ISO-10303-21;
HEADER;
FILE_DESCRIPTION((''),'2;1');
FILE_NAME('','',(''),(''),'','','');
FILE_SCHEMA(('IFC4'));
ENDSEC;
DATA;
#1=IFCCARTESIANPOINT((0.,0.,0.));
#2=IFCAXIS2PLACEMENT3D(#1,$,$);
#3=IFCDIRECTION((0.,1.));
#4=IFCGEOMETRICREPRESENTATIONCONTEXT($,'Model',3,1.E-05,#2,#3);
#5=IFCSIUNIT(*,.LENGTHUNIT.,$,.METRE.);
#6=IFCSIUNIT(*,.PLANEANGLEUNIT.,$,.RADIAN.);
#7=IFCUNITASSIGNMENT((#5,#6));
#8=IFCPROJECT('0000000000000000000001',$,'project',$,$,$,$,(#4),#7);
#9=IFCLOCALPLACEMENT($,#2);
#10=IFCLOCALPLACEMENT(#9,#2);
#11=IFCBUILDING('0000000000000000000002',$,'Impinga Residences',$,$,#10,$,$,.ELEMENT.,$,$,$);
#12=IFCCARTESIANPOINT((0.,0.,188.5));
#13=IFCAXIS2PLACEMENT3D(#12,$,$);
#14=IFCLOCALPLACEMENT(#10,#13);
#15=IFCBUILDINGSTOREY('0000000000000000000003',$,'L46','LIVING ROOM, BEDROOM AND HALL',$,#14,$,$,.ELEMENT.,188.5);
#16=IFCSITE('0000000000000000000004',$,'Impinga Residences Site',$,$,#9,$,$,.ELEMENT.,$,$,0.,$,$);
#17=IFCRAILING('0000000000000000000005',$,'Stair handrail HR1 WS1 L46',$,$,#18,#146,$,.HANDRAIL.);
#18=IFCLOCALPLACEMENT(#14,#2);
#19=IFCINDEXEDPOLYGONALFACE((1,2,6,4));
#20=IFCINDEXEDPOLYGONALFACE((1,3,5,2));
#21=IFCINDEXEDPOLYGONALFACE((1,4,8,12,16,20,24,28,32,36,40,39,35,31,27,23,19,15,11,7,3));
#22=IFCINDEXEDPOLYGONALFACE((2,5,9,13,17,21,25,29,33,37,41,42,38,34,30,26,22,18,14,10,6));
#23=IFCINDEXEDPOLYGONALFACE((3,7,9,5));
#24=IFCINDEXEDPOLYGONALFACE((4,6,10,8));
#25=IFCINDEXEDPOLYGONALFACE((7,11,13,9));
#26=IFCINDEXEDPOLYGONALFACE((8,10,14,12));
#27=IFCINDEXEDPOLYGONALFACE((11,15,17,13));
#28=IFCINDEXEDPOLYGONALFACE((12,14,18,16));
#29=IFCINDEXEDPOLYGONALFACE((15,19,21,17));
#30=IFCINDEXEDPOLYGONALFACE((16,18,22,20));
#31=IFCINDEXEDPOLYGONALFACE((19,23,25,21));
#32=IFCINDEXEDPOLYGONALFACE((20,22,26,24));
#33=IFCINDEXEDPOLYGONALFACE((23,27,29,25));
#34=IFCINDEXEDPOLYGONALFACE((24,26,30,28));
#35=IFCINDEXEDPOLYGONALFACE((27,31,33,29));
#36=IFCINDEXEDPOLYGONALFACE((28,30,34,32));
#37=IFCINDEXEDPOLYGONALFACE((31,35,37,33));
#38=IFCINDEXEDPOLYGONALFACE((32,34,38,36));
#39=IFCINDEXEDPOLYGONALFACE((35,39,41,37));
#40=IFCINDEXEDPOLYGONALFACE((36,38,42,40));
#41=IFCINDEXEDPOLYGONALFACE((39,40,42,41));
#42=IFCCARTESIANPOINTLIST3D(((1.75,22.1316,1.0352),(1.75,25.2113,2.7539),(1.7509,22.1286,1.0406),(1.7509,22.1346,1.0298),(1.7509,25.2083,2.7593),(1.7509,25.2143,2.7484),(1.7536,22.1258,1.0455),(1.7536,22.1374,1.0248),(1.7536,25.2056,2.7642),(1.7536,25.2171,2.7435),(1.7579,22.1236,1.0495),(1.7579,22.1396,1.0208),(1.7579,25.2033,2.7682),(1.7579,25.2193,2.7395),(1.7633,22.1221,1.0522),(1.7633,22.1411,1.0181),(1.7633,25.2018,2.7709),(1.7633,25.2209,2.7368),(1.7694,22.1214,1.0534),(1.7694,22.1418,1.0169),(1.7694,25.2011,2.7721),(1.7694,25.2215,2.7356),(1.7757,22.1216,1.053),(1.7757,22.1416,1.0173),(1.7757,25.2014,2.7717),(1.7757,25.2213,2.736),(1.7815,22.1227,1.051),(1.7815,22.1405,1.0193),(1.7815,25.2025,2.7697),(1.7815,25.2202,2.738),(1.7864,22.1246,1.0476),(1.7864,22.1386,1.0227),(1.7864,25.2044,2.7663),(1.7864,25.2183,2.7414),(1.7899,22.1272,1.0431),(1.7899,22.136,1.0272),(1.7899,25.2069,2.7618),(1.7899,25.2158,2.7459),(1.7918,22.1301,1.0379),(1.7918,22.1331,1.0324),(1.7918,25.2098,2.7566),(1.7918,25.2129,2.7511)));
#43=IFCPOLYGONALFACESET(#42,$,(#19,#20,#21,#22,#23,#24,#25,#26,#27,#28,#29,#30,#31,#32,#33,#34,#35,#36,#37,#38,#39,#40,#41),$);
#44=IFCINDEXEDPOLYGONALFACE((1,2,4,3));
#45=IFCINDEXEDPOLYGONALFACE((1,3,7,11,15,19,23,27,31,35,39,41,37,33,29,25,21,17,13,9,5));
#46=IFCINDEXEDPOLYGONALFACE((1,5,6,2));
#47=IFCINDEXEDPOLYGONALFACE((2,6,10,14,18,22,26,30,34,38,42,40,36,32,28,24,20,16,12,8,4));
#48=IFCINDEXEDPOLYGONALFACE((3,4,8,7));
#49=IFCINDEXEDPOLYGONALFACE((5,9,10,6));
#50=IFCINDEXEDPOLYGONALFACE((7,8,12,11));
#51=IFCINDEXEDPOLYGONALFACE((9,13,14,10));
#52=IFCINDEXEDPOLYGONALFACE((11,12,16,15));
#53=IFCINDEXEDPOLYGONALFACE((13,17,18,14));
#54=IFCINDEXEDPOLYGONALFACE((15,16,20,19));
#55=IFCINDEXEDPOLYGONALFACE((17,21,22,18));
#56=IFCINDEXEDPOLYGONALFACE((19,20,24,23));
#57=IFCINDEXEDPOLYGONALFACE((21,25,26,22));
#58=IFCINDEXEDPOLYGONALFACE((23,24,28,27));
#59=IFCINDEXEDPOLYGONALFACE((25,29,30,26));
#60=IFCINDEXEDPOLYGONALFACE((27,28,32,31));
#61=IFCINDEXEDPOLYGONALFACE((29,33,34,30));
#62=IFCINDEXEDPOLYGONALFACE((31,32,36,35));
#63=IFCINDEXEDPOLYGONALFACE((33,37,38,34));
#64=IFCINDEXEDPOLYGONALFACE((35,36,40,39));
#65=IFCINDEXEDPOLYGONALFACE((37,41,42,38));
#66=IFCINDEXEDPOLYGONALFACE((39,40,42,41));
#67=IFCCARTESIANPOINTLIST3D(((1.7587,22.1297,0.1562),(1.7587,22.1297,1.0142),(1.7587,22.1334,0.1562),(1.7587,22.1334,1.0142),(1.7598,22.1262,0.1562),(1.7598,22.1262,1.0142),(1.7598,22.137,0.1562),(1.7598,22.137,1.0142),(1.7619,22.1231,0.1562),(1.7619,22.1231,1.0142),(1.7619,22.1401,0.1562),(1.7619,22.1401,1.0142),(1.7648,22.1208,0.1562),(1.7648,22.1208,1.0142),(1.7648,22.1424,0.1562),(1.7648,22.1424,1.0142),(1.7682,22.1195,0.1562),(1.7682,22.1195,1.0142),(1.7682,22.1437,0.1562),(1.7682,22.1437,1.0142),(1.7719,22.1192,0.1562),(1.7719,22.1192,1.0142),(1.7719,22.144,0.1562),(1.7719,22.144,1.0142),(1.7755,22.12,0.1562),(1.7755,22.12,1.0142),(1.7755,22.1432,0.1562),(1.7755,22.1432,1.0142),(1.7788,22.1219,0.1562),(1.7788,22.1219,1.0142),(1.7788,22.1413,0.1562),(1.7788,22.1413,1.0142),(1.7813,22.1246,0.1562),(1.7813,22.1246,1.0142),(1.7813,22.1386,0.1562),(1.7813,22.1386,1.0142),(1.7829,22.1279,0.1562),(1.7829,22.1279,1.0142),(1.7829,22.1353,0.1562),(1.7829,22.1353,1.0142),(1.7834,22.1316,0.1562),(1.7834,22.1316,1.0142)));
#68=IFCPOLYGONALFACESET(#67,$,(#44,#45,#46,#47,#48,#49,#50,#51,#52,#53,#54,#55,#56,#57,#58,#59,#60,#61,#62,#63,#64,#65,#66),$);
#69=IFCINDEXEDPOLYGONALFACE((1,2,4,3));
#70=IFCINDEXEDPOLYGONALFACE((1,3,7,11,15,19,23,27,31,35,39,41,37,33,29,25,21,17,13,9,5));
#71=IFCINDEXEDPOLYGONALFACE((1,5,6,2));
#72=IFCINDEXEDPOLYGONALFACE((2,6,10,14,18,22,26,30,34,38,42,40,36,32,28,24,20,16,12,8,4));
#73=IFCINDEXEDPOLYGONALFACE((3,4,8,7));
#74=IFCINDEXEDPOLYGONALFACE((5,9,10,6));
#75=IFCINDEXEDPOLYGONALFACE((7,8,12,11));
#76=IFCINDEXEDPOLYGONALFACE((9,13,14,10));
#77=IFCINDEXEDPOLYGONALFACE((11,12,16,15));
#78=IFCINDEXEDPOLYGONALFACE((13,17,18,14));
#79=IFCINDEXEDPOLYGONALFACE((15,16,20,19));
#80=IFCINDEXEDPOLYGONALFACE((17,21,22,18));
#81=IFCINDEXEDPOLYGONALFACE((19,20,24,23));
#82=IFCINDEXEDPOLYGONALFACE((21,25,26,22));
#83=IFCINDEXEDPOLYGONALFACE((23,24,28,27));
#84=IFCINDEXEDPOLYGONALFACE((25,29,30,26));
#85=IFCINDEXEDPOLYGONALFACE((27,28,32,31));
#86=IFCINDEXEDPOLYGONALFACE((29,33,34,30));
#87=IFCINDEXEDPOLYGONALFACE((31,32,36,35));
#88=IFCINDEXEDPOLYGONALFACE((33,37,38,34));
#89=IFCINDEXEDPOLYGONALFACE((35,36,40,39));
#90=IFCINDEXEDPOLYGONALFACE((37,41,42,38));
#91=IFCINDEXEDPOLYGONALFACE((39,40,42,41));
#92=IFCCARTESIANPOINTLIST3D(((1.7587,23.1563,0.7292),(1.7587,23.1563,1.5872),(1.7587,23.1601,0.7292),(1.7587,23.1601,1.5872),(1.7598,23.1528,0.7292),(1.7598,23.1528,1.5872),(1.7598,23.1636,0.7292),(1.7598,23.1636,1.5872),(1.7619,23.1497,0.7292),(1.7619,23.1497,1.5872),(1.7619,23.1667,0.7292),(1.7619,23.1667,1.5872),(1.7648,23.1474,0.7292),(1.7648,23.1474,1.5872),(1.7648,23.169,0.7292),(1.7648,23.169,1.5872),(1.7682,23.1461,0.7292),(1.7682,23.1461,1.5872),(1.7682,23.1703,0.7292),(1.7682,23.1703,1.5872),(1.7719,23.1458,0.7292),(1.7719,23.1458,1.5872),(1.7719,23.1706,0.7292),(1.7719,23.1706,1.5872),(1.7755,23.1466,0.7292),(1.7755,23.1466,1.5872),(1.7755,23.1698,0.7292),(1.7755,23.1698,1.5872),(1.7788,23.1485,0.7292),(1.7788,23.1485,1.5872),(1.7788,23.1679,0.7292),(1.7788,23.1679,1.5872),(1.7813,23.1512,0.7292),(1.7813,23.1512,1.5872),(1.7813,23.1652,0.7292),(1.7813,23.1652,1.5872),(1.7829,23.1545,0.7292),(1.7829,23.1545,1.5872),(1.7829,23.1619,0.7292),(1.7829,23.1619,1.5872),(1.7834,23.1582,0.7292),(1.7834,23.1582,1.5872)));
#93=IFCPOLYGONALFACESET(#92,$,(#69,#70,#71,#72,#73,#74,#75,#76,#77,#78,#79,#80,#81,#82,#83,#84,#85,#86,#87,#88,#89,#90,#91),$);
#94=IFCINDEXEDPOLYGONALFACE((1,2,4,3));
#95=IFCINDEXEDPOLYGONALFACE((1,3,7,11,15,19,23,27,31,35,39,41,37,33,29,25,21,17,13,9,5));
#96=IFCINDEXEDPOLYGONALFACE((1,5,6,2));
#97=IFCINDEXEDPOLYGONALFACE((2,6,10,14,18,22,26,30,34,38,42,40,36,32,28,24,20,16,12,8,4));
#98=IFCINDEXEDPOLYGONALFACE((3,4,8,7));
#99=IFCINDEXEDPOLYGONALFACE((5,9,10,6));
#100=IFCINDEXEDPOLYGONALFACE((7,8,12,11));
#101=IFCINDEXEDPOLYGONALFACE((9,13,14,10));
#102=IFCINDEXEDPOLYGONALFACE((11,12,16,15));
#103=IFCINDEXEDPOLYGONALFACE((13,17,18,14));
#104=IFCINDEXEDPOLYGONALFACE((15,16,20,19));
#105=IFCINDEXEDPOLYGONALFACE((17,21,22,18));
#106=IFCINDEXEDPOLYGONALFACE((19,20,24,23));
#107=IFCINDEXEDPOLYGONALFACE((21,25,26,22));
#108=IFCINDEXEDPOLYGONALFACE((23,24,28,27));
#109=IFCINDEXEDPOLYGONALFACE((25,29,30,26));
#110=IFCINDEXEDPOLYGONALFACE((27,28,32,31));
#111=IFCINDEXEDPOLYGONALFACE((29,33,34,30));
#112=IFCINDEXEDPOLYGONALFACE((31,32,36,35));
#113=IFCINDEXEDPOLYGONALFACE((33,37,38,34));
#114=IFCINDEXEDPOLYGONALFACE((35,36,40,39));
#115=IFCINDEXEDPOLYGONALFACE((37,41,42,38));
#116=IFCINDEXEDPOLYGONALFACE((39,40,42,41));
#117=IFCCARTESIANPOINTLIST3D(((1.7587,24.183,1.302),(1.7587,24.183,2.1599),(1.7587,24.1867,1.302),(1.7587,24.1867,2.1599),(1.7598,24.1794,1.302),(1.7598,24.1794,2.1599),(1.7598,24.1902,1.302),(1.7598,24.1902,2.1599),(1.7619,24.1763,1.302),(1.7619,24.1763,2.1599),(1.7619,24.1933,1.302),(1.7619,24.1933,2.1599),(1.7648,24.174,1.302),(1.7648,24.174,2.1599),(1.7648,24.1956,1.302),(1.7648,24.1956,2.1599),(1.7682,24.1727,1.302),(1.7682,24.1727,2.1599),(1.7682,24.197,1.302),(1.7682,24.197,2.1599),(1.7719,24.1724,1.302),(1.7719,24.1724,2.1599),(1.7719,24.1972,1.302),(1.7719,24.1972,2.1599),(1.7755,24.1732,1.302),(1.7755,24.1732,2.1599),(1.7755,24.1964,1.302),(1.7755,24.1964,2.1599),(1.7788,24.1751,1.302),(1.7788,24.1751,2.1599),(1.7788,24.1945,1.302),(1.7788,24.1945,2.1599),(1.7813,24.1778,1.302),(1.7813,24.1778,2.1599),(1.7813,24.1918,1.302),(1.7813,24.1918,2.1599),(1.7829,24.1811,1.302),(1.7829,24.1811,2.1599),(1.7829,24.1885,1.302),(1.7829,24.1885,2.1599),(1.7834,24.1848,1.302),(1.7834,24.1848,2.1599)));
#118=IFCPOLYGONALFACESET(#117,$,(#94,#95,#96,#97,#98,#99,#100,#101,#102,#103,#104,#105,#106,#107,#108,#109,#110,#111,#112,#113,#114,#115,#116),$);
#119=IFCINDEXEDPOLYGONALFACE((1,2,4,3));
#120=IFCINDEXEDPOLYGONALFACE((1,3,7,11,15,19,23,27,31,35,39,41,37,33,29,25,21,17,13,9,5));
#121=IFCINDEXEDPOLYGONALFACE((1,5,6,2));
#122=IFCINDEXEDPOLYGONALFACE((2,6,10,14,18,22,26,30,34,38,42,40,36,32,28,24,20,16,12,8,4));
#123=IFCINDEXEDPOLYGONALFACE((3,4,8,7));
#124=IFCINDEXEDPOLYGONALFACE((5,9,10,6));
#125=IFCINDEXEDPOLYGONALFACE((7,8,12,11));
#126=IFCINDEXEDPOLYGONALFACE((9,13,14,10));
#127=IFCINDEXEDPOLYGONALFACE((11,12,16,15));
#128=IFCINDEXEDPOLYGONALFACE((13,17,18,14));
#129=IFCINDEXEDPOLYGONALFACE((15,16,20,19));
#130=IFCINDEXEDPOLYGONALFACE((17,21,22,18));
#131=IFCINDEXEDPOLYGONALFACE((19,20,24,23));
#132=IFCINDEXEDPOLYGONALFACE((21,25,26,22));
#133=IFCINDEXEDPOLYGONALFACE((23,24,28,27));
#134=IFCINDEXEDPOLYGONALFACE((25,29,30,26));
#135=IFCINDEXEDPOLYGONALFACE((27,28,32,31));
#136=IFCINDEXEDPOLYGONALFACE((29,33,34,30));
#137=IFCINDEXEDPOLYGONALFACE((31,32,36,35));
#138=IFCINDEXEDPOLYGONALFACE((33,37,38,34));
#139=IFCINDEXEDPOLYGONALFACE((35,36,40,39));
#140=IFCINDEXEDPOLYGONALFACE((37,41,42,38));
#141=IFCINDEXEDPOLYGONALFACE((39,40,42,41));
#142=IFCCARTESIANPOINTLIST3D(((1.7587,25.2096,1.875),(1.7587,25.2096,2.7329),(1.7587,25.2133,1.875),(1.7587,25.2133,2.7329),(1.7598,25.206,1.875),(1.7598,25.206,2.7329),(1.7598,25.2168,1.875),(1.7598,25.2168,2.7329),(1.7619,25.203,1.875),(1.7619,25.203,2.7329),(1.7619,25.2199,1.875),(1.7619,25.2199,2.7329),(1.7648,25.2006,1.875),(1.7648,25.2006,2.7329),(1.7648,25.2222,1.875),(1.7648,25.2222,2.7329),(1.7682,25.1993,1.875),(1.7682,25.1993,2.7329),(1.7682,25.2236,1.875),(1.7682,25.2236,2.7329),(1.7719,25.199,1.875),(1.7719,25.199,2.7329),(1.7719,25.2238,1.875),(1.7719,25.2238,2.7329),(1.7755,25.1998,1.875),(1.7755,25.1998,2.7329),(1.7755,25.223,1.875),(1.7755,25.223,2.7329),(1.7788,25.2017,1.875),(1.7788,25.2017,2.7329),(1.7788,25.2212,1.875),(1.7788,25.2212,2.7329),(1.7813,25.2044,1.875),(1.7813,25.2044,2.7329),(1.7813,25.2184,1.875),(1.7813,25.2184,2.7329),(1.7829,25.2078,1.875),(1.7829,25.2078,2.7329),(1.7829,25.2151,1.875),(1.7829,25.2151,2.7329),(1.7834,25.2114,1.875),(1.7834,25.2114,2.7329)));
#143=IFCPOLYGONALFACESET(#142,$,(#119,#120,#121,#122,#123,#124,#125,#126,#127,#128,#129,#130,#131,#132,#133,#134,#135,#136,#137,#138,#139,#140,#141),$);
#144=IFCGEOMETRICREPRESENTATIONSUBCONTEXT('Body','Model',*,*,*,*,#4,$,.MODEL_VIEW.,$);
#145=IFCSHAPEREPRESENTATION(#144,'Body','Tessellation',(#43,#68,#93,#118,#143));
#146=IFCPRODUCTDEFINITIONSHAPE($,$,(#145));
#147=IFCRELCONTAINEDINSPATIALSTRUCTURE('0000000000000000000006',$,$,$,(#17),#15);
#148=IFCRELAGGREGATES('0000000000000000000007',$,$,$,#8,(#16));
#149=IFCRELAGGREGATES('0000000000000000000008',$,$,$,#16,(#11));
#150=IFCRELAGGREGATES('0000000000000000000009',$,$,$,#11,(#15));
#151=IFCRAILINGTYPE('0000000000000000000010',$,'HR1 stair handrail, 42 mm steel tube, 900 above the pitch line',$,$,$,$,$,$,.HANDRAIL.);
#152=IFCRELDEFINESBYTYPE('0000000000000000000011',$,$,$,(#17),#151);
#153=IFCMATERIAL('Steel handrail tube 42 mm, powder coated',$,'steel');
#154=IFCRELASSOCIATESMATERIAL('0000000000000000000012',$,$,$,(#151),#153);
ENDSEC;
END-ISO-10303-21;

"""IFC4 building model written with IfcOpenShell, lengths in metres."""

from ifc_helpers import new_model, si_unit, direction, frame, origin, origin_2d, place, context, subcontext, project, spatial, circle, extrude, material, type_object, element, save


model = new_model("IFC4")

# Units and contexts
model_context = context("Model", 3, precision=1e-05, world=origin(), true_north=direction((0.0, 1.0)))
body_context = subcontext(model_context, "Body", "Model", "MODEL_VIEW")
ifc_project = project(units=[si_unit("LENGTHUNIT", "METRE"), si_unit("PLANEANGLEUNIT", "RADIAN")], contexts=[model_context])

# Site, building, storey
site_placement = place(None, origin())
site = spatial("IfcSite", under=ifc_project, at=site_placement, Name="Impinga Residences Site", CompositionType="ELEMENT", RefElevation=0.0)
building_placement = place(site_placement, origin())
building = spatial("IfcBuilding", under=site, at=building_placement, Name="Impinga Residences", CompositionType="ELEMENT")
storey_placement = place(building_placement, frame((0.0, 0.0, 188.5)))
storey = spatial("IfcBuildingStorey", under=building, at=storey_placement, Name="L46", Description="LIVING ROOM, BEDROOM AND HALL", CompositionType="ELEMENT", Elevation=188.5)

# Railing
ifc_material_1 = material(Name="Steel handrail tube 42 mm, powder coated", Category="steel")
railing_type_1 = type_object("IfcRailingType", Name="HR1 stair handrail, 42 mm steel tube, 900 above the pitch line", PredefinedType="HANDRAIL", material=ifc_material_1)
railing_1_placement = place(storey_placement, frame((1.771, 22.1316, 0.1562)))
element("IfcRailing", 1, at=railing_1_placement, inside=storey, type_object=railing_type_1, Name="Stair handrail HR1 WS1 L46", PredefinedType="HANDRAIL", context=body_context, shape_type="SweptSolid", body=[
    extrude(circle(Radius=0.021, at=origin_2d()), frame((0.0, 0.0, 0.8789), z_axis=(0.0, 0.873225, 0.487317), x_axis=(-1.0, 0.0, 0.0)), (0.0, 0.0, 1.0), 3.5269),
    extrude(circle(Radius=0.0125, at=origin_2d()), origin(), (0.0, 0.0, 1.0), 0.8579),
    extrude(circle(Radius=0.0125, at=origin_2d()), frame((0.0, 1.0266, 0.573)), (0.0, 0.0, 1.0), 0.8579),
    extrude(circle(Radius=0.0125, at=origin_2d()), frame((0.0, 2.0532, 1.1458)), (0.0, 0.0, 1.0), 0.8579),
    extrude(circle(Radius=0.0125, at=origin_2d()), frame((0.0, 3.0798, 1.7188)), (0.0, 0.0, 1.0), 0.8579),
])

save(model, "model.ifc")
